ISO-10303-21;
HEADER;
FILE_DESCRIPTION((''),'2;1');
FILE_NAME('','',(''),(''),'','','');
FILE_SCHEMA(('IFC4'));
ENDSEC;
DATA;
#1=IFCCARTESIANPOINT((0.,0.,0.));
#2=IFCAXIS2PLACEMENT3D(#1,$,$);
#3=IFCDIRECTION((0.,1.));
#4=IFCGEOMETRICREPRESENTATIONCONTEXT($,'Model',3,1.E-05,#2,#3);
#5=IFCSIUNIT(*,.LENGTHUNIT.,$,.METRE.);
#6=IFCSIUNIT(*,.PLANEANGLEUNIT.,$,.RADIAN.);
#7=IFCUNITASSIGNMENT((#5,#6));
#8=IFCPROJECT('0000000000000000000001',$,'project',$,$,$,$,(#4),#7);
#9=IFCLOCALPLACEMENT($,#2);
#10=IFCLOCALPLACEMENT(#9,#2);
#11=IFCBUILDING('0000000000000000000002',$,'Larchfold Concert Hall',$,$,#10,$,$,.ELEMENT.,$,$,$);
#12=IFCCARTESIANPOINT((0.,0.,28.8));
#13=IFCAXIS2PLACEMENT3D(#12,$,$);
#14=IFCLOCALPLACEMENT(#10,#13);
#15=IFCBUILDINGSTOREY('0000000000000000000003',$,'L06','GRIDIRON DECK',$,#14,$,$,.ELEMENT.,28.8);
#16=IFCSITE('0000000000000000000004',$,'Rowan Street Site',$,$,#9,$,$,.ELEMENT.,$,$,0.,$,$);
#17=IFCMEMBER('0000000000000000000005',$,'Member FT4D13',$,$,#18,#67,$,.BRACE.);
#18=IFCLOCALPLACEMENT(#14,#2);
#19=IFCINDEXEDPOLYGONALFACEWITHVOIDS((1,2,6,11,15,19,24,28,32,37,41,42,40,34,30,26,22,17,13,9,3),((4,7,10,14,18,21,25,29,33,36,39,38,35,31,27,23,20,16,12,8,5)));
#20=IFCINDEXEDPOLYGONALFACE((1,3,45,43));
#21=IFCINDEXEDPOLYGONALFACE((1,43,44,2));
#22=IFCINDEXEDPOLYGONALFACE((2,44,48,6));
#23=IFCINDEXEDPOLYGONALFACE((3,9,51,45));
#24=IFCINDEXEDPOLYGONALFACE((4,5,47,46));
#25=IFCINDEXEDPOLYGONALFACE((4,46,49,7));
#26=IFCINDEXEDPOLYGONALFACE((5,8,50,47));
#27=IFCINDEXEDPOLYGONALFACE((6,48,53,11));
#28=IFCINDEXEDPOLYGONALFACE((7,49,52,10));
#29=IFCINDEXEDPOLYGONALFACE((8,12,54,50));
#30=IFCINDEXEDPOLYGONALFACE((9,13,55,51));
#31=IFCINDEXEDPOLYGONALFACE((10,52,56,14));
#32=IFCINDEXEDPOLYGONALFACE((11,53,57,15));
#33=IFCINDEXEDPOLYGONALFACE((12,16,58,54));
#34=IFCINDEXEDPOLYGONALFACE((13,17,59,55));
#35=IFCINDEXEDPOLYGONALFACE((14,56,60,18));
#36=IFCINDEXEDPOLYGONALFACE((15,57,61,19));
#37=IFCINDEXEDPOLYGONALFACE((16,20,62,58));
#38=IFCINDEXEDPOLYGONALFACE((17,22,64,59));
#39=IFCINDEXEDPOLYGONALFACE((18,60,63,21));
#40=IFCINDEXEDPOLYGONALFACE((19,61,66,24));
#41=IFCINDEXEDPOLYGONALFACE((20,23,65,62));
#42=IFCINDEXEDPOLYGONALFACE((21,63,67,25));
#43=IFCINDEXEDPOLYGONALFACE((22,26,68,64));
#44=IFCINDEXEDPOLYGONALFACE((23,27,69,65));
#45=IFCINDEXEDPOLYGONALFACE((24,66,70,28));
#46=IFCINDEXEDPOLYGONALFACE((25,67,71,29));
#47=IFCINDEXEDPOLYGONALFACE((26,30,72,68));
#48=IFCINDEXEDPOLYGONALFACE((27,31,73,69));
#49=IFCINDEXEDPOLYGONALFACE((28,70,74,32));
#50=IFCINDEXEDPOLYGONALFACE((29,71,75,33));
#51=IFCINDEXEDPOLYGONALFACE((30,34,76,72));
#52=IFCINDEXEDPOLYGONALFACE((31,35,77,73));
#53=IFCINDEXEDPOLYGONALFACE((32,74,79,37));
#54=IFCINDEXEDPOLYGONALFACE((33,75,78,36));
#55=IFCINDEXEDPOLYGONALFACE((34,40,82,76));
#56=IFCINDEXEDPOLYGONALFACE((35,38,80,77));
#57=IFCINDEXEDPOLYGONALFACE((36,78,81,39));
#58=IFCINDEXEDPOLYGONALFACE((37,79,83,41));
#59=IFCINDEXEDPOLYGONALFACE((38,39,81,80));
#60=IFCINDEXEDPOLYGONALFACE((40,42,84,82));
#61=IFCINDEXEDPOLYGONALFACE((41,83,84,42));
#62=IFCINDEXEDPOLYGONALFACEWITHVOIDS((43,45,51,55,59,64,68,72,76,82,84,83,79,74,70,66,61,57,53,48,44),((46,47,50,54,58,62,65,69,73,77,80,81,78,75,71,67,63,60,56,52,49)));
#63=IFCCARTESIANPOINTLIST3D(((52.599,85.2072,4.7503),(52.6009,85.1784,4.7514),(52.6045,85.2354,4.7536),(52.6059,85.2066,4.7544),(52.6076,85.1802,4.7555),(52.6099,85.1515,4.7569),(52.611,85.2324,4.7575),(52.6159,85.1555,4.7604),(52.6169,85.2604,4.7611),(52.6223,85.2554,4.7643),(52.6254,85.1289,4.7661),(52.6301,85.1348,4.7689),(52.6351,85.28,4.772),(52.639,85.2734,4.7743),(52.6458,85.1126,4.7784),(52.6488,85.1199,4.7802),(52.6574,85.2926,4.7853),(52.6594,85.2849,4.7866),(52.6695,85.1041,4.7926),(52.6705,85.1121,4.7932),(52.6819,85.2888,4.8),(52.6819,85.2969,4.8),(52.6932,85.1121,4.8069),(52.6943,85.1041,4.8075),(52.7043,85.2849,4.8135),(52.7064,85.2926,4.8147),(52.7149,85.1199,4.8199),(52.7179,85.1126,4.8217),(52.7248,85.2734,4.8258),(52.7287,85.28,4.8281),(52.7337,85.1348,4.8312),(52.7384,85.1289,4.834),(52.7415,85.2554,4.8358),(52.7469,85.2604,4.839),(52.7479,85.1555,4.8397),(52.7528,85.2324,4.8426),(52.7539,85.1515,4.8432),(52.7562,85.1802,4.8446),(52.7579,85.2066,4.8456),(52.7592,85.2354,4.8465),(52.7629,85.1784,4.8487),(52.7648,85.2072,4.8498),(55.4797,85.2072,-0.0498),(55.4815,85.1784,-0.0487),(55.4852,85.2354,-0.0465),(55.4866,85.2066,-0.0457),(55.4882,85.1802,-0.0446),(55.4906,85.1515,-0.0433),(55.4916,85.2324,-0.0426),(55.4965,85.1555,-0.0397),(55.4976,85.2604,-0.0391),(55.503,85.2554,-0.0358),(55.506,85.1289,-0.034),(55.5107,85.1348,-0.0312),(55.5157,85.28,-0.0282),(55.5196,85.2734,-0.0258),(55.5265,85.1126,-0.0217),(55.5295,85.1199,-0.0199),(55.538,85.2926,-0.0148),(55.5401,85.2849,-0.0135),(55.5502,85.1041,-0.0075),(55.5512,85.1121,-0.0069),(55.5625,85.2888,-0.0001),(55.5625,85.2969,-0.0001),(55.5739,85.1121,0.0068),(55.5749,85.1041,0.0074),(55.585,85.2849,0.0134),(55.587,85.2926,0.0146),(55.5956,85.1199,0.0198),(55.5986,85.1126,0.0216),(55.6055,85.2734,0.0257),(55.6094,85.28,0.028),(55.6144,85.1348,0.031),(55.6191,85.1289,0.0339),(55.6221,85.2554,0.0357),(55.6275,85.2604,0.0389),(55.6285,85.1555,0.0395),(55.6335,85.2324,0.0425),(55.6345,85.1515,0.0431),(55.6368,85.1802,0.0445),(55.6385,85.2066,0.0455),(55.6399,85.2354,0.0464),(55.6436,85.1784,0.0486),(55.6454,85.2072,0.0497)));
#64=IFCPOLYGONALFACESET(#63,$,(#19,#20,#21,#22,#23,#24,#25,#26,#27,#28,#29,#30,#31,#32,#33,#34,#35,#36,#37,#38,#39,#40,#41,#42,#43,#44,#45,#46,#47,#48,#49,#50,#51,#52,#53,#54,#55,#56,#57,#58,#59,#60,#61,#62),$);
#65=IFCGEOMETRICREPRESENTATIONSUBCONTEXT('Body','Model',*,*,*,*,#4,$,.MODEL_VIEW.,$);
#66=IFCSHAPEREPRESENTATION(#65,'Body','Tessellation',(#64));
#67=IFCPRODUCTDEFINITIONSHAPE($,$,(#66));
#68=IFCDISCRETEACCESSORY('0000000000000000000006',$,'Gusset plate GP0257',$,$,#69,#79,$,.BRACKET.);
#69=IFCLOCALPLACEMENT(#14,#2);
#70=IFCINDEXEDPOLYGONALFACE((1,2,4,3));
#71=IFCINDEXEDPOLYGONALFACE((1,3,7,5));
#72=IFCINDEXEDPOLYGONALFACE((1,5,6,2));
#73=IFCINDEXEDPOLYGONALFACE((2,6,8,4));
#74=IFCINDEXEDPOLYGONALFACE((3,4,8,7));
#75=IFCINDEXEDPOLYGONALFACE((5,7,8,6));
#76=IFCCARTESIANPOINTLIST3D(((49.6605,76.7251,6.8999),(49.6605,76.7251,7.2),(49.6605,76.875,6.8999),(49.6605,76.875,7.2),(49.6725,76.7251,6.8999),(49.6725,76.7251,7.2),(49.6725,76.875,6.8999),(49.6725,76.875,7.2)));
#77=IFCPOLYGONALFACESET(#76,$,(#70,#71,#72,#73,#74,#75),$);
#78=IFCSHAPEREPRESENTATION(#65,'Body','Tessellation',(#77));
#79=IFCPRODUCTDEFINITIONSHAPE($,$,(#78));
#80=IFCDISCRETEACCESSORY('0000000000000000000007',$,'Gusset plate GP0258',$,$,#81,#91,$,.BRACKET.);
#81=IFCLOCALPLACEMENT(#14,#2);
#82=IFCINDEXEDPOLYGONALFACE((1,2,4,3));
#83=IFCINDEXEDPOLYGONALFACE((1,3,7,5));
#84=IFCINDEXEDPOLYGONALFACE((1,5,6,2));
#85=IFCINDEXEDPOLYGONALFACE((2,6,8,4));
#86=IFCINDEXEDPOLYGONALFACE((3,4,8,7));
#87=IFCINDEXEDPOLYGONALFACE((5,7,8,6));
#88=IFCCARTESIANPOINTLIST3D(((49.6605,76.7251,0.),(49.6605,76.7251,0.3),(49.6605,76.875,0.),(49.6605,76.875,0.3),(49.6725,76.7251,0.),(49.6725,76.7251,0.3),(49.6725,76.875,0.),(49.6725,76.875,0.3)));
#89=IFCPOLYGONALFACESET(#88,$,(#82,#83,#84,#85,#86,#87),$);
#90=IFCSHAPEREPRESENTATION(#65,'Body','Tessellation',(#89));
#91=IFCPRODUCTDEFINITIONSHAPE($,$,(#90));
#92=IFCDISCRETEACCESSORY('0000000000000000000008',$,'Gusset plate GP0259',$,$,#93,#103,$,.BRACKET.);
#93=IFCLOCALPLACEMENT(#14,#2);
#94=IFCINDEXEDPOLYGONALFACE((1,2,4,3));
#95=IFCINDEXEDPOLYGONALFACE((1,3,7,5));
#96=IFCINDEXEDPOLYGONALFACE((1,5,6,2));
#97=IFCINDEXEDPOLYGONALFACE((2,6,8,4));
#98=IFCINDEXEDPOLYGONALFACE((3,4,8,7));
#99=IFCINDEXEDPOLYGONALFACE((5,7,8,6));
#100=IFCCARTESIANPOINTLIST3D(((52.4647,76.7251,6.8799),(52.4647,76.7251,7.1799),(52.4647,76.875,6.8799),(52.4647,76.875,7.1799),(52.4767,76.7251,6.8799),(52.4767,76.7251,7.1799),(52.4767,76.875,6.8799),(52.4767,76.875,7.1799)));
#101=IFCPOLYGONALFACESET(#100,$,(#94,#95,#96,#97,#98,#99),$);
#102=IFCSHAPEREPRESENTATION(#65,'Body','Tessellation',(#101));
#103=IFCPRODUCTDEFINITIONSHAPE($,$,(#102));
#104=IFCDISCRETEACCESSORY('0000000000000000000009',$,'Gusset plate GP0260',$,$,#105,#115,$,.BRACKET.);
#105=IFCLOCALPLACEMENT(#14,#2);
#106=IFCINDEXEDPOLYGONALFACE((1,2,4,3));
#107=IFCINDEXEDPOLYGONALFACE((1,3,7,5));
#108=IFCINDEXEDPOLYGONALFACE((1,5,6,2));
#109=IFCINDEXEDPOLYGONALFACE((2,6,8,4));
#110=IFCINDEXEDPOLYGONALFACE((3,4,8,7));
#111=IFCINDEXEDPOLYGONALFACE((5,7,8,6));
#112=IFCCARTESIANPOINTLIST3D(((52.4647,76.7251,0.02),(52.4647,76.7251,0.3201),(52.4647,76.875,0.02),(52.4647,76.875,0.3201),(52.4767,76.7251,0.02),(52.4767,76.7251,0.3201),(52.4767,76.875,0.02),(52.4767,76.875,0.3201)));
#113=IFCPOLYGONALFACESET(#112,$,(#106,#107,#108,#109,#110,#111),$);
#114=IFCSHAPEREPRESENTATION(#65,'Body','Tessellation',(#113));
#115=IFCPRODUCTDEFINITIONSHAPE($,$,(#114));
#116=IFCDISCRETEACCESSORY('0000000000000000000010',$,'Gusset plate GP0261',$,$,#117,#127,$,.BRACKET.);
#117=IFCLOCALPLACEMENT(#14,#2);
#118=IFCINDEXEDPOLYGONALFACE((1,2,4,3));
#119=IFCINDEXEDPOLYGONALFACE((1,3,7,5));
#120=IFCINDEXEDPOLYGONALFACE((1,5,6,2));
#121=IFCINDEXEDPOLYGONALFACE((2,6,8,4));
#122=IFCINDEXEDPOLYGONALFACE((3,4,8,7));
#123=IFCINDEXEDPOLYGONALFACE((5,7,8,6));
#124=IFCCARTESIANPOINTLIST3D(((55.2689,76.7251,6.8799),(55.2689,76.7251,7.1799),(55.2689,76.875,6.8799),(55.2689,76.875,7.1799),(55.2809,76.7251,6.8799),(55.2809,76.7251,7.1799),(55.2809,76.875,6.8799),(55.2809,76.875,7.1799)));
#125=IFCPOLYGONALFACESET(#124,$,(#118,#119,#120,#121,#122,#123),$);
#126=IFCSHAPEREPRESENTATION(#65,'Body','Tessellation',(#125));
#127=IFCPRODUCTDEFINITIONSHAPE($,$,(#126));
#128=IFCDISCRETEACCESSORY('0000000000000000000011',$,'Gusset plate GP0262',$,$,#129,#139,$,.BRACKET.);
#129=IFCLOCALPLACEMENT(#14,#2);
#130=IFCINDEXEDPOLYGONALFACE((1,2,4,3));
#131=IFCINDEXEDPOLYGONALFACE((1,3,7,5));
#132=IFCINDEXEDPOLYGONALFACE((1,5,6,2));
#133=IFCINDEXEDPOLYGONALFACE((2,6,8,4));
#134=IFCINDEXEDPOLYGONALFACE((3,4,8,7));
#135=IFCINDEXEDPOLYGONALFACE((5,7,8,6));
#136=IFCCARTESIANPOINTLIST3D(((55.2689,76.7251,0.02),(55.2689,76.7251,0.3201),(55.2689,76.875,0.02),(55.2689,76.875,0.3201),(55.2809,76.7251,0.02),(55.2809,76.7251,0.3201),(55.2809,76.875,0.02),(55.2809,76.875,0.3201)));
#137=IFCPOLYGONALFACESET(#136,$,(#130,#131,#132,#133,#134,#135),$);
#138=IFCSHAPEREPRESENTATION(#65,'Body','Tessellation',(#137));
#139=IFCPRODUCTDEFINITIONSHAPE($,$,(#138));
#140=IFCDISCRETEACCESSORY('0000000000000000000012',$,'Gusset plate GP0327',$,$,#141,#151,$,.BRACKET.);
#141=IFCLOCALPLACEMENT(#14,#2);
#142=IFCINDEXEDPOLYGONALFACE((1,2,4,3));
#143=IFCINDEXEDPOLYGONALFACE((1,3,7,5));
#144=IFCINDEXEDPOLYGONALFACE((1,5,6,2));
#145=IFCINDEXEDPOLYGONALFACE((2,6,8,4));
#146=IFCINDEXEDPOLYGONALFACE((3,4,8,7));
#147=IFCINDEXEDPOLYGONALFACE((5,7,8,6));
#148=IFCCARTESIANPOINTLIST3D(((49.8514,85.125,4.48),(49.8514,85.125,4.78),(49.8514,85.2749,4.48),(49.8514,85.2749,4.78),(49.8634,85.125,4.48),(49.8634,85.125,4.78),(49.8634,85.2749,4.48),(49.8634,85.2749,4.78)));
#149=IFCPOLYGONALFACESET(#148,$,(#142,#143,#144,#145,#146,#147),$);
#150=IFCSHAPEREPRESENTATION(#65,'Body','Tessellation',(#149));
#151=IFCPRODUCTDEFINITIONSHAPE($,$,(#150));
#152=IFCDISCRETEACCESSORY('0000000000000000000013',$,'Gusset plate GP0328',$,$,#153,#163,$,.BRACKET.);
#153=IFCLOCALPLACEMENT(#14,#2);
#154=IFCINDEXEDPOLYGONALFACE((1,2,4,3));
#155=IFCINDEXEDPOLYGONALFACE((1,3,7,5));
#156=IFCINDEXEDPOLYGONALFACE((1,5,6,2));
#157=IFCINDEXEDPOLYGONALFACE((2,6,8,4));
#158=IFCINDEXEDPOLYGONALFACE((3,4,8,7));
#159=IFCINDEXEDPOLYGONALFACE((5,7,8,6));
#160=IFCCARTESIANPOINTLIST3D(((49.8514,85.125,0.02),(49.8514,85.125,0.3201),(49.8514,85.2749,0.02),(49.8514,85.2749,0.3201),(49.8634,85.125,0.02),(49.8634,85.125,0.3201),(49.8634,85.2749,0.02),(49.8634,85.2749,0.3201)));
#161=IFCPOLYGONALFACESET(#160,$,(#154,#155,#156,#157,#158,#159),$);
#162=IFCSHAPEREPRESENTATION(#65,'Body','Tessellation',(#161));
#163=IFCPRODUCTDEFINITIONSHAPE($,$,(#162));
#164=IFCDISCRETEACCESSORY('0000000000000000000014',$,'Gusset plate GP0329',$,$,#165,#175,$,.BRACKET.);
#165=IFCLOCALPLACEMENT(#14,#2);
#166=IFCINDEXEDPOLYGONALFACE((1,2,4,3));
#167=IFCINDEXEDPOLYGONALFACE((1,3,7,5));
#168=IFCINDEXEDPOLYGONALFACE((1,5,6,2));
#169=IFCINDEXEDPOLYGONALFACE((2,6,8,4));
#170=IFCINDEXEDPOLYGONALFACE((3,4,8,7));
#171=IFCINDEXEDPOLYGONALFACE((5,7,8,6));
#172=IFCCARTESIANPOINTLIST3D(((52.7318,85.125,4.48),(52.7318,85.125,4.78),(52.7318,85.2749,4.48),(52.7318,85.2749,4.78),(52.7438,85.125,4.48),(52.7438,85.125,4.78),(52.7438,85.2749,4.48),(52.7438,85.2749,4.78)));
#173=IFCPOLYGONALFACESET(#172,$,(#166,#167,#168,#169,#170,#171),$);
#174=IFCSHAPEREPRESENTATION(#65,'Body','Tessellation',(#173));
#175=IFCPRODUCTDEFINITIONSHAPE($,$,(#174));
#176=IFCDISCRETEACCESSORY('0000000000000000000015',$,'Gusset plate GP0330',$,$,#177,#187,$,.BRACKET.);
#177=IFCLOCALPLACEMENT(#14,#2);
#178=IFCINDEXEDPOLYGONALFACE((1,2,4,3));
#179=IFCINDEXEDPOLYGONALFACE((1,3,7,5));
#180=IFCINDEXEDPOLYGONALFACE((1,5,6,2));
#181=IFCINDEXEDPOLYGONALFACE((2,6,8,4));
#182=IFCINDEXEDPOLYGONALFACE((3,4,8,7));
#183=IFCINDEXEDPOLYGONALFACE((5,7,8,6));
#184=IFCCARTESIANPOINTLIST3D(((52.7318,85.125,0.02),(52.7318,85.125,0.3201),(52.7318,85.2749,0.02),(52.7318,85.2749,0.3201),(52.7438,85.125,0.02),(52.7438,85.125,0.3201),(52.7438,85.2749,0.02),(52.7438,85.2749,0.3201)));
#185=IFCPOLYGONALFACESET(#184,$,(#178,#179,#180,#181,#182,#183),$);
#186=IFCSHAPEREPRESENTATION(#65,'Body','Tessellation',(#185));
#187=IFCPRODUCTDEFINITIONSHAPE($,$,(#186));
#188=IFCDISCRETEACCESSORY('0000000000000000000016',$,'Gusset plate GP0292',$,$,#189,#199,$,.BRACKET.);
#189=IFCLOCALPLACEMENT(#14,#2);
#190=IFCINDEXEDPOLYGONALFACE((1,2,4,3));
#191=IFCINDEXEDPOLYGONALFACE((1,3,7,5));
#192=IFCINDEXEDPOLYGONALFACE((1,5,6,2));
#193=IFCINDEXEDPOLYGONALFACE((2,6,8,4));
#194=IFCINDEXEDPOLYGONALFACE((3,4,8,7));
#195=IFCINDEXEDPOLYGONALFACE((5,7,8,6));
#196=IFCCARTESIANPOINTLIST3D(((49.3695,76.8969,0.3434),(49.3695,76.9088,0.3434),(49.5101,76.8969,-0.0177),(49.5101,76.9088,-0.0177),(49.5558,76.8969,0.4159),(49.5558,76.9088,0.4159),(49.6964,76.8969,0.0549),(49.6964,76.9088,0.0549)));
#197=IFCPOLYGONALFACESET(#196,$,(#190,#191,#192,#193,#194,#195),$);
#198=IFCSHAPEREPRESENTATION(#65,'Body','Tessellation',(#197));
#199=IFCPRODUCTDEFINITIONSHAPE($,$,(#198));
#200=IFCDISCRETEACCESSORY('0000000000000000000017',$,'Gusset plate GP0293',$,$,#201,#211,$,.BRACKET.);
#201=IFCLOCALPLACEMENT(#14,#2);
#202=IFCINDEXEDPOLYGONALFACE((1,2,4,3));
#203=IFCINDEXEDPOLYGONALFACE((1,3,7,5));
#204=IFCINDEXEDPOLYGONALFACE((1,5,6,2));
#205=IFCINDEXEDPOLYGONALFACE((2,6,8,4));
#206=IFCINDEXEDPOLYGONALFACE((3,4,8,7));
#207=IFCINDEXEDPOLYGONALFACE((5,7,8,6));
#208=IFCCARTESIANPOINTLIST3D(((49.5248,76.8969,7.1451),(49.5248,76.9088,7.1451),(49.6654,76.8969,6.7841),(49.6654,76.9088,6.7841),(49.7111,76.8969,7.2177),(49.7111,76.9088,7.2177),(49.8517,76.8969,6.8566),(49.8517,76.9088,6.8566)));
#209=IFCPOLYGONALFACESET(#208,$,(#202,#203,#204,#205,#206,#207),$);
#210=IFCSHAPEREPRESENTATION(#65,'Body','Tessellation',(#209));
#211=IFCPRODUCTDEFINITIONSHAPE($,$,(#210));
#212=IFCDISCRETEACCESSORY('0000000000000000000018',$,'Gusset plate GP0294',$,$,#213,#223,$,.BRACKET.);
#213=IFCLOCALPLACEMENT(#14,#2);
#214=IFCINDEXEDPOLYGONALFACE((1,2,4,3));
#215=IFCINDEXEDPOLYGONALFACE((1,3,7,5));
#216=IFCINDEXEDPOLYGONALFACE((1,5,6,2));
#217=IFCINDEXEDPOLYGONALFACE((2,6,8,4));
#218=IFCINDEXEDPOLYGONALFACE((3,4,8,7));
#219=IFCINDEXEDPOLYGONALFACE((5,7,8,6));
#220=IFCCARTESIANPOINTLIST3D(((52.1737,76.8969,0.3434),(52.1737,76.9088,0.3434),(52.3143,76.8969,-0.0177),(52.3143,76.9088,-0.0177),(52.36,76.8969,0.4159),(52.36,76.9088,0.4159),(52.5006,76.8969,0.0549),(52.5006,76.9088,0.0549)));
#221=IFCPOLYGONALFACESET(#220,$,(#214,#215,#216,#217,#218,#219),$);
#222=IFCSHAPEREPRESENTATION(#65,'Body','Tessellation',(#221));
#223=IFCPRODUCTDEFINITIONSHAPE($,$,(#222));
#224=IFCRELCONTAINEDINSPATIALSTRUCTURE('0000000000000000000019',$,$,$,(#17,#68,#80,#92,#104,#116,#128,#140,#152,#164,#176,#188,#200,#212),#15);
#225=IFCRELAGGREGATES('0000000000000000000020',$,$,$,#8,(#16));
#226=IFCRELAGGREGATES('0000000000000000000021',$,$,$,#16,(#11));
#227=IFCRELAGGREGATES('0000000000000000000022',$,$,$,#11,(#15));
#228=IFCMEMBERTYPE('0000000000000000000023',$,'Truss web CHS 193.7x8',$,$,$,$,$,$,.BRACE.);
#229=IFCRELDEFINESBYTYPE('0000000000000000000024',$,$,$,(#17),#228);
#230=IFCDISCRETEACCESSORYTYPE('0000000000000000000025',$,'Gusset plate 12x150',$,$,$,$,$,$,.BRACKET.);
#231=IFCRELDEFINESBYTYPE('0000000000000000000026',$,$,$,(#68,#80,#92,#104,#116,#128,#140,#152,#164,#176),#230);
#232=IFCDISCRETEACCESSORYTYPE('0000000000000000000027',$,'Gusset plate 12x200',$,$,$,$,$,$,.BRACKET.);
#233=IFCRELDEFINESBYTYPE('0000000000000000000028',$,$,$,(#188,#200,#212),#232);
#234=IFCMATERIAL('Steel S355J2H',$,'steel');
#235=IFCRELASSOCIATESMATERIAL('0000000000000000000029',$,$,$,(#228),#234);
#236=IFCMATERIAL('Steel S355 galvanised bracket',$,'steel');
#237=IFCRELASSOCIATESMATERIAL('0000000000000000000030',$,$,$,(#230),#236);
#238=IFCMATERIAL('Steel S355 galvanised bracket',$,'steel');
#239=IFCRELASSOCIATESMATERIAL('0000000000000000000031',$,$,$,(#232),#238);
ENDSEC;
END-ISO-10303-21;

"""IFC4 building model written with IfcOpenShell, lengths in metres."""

from ifc_helpers import new_model, si_unit, direction, frame, origin, origin_2d, place, context, subcontext, project, spatial, rectangle, hollow_circle, extrude, material, material_profile, profile_set, type_object, element, save


model = new_model("IFC4")

# Units and contexts
model_context = context("Model", 3, precision=1e-05, world=origin(), true_north=direction((0.0, 1.0)))
body_context = subcontext(model_context, "Body", "Model", "MODEL_VIEW")
ifc_project = project(units=[si_unit("LENGTHUNIT", "METRE"), si_unit("PLANEANGLEUNIT", "RADIAN")], contexts=[model_context])

# Site, building, storey
site_placement = place(None, origin())
site = spatial("IfcSite", under=ifc_project, at=site_placement, Name="Rowan Street Site", CompositionType="ELEMENT", RefElevation=0.0)
building_placement = place(site_placement, origin())
building = spatial("IfcBuilding", under=site, at=building_placement, Name="Larchfold Concert Hall", CompositionType="ELEMENT")
storey_placement = place(building_placement, frame((0.0, 0.0, 28.8)))
storey = spatial("IfcBuildingStorey", under=building, at=storey_placement, Name="L06", Description="GRIDIRON DECK", CompositionType="ELEMENT", Elevation=28.8)

# Member
ifc_material_1 = material(Name="Steel S355J2H", Category="steel")
ifc_material_profile_1 = material_profile(ifc_material_1, hollow_circle(Radius=0.0969, WallThickness=0.0081, at=origin_2d()))
ifc_profile_set_1 = profile_set([ifc_material_profile_1], Name="Steel S355J2H")
member_type_1 = type_object("IfcMemberType", Name="Truss web CHS 193.7x8", PredefinedType="BRACE", material=ifc_profile_set_1)
member_1_placement = place(storey_placement, frame((52.6819, 85.2, 4.8), z_axis=(0.514573, 0.0, -0.857447), x_axis=(0.0, 1.0, 0.0)))
element("IfcMember", 1, at=member_1_placement, inside=storey, type_object=member_type_1, Name="Member FT4D13", PredefinedType="BRACE", context=body_context, shape_type="SweptSolid", body=[
    extrude(hollow_circle(Radius=0.0969, WallThickness=0.0081, at=origin_2d()), origin(), (0.0, 0.0, 1.0), 5.5981),
])

# Discrete accessories
ifc_material_2 = material(Name="Steel S355 galvanised bracket", Category="steel")
ifc_material_profile_2 = material_profile(ifc_material_2, rectangle(XDim=0.012, YDim=0.1499, at=origin_2d()))
ifc_profile_set_2 = profile_set([ifc_material_profile_2], Name="Steel S355 galvanised bracket")
discrete_accessory_type_1 = type_object("IfcDiscreteAccessoryType", Name="Gusset plate 12x150", PredefinedType="BRACKET", material=ifc_profile_set_2)
for number, where, z_axis, x_axis, name in (
    (2, (49.6665, 76.8, 7.2), (0.0, 0.0, -1.0), (1.0, 0.0, 0.0), "Gusset plate GP0257"),
    (3, (49.6665, 76.8, 0.3), (0.0, 0.0, -1.0), (1.0, 0.0, 0.0), "Gusset plate GP0258"),
    (4, (52.4707, 76.8, 7.1799), (0.0, 0.0, -1.0), (1.0, 0.0, 0.0), "Gusset plate GP0259"),
    (5, (52.4707, 76.8, 0.3201), (0.0, 0.0, -1.0), (1.0, 0.0, 0.0), "Gusset plate GP0260"),
    (6, (55.2749, 76.8, 7.1799), (0.0, 0.0, -1.0), (1.0, 0.0, 0.0), "Gusset plate GP0261"),
    (7, (55.2749, 76.8, 0.3201), (0.0, 0.0, -1.0), (1.0, 0.0, 0.0), "Gusset plate GP0262"),
    (8, (49.8574, 85.2, 4.78), (0.0, 0.0, -1.0), (1.0, 0.0, 0.0), "Gusset plate GP0327"),
    (9, (49.8574, 85.2, 0.3201), (0.0, 0.0, -1.0), (1.0, 0.0, 0.0), "Gusset plate GP0328"),
    (10, (52.7378, 85.2, 4.78), (0.0, 0.0, -1.0), (1.0, 0.0, 0.0), "Gusset plate GP0329"),
    (11, (52.7378, 85.2, 0.3201), (0.0, 0.0, -1.0), (1.0, 0.0, 0.0), "Gusset plate GP0330"),
):
    element("IfcDiscreteAccessory", number, at=place(storey_placement, frame(where, z_axis=z_axis, x_axis=x_axis)), inside=storey, type_object=discrete_accessory_type_1, Name=name, PredefinedType="BRACKET", context=body_context, shape_type="SweptSolid", body=[
        extrude(rectangle(XDim=0.012, YDim=0.1499, at=origin_2d()), origin(), (0.0, 0.0, 1.0), 0.3),
    ])
ifc_material_3 = material(Name="Steel S355 galvanised bracket", Category="steel")
ifc_material_profile_3 = material_profile(ifc_material_3, rectangle(XDim=0.012, YDim=0.2, at=origin_2d()))
ifc_profile_set_3 = profile_set([ifc_material_profile_3], Name="Steel S355 galvanised bracket")
discrete_accessory_type_2 = type_object("IfcDiscreteAccessoryType", Name="Gusset plate 12x200", PredefinedType="BRACKET", material=ifc_profile_set_3)
for number, where, z_axis, x_axis, name in (
    (12, (49.4626, 76.9028, 0.3796), (0.362902, 0.0, -0.931827), (0.0, 1.0, 0.0), "Gusset plate GP0292"),
    (13, (49.6179, 76.9028, 7.1814), (0.362902, 0.0, -0.931827), (0.0, 1.0, 0.0), "Gusset plate GP0293"),
    (14, (52.2668, 76.9028, 0.3796), (0.362902, 0.0, -0.931827), (0.0, 1.0, 0.0), "Gusset plate GP0294"),
):
    element("IfcDiscreteAccessory", number, at=place(storey_placement, frame(where, z_axis=z_axis, x_axis=x_axis)), inside=storey, type_object=discrete_accessory_type_2, Name=name, PredefinedType="BRACKET", context=body_context, shape_type="SweptSolid", body=[
        extrude(rectangle(XDim=0.012, YDim=0.2, at=origin_2d()), origin(), (0.0, 0.0, 1.0), 0.3875),
    ])

save(model, "model.ifc")
